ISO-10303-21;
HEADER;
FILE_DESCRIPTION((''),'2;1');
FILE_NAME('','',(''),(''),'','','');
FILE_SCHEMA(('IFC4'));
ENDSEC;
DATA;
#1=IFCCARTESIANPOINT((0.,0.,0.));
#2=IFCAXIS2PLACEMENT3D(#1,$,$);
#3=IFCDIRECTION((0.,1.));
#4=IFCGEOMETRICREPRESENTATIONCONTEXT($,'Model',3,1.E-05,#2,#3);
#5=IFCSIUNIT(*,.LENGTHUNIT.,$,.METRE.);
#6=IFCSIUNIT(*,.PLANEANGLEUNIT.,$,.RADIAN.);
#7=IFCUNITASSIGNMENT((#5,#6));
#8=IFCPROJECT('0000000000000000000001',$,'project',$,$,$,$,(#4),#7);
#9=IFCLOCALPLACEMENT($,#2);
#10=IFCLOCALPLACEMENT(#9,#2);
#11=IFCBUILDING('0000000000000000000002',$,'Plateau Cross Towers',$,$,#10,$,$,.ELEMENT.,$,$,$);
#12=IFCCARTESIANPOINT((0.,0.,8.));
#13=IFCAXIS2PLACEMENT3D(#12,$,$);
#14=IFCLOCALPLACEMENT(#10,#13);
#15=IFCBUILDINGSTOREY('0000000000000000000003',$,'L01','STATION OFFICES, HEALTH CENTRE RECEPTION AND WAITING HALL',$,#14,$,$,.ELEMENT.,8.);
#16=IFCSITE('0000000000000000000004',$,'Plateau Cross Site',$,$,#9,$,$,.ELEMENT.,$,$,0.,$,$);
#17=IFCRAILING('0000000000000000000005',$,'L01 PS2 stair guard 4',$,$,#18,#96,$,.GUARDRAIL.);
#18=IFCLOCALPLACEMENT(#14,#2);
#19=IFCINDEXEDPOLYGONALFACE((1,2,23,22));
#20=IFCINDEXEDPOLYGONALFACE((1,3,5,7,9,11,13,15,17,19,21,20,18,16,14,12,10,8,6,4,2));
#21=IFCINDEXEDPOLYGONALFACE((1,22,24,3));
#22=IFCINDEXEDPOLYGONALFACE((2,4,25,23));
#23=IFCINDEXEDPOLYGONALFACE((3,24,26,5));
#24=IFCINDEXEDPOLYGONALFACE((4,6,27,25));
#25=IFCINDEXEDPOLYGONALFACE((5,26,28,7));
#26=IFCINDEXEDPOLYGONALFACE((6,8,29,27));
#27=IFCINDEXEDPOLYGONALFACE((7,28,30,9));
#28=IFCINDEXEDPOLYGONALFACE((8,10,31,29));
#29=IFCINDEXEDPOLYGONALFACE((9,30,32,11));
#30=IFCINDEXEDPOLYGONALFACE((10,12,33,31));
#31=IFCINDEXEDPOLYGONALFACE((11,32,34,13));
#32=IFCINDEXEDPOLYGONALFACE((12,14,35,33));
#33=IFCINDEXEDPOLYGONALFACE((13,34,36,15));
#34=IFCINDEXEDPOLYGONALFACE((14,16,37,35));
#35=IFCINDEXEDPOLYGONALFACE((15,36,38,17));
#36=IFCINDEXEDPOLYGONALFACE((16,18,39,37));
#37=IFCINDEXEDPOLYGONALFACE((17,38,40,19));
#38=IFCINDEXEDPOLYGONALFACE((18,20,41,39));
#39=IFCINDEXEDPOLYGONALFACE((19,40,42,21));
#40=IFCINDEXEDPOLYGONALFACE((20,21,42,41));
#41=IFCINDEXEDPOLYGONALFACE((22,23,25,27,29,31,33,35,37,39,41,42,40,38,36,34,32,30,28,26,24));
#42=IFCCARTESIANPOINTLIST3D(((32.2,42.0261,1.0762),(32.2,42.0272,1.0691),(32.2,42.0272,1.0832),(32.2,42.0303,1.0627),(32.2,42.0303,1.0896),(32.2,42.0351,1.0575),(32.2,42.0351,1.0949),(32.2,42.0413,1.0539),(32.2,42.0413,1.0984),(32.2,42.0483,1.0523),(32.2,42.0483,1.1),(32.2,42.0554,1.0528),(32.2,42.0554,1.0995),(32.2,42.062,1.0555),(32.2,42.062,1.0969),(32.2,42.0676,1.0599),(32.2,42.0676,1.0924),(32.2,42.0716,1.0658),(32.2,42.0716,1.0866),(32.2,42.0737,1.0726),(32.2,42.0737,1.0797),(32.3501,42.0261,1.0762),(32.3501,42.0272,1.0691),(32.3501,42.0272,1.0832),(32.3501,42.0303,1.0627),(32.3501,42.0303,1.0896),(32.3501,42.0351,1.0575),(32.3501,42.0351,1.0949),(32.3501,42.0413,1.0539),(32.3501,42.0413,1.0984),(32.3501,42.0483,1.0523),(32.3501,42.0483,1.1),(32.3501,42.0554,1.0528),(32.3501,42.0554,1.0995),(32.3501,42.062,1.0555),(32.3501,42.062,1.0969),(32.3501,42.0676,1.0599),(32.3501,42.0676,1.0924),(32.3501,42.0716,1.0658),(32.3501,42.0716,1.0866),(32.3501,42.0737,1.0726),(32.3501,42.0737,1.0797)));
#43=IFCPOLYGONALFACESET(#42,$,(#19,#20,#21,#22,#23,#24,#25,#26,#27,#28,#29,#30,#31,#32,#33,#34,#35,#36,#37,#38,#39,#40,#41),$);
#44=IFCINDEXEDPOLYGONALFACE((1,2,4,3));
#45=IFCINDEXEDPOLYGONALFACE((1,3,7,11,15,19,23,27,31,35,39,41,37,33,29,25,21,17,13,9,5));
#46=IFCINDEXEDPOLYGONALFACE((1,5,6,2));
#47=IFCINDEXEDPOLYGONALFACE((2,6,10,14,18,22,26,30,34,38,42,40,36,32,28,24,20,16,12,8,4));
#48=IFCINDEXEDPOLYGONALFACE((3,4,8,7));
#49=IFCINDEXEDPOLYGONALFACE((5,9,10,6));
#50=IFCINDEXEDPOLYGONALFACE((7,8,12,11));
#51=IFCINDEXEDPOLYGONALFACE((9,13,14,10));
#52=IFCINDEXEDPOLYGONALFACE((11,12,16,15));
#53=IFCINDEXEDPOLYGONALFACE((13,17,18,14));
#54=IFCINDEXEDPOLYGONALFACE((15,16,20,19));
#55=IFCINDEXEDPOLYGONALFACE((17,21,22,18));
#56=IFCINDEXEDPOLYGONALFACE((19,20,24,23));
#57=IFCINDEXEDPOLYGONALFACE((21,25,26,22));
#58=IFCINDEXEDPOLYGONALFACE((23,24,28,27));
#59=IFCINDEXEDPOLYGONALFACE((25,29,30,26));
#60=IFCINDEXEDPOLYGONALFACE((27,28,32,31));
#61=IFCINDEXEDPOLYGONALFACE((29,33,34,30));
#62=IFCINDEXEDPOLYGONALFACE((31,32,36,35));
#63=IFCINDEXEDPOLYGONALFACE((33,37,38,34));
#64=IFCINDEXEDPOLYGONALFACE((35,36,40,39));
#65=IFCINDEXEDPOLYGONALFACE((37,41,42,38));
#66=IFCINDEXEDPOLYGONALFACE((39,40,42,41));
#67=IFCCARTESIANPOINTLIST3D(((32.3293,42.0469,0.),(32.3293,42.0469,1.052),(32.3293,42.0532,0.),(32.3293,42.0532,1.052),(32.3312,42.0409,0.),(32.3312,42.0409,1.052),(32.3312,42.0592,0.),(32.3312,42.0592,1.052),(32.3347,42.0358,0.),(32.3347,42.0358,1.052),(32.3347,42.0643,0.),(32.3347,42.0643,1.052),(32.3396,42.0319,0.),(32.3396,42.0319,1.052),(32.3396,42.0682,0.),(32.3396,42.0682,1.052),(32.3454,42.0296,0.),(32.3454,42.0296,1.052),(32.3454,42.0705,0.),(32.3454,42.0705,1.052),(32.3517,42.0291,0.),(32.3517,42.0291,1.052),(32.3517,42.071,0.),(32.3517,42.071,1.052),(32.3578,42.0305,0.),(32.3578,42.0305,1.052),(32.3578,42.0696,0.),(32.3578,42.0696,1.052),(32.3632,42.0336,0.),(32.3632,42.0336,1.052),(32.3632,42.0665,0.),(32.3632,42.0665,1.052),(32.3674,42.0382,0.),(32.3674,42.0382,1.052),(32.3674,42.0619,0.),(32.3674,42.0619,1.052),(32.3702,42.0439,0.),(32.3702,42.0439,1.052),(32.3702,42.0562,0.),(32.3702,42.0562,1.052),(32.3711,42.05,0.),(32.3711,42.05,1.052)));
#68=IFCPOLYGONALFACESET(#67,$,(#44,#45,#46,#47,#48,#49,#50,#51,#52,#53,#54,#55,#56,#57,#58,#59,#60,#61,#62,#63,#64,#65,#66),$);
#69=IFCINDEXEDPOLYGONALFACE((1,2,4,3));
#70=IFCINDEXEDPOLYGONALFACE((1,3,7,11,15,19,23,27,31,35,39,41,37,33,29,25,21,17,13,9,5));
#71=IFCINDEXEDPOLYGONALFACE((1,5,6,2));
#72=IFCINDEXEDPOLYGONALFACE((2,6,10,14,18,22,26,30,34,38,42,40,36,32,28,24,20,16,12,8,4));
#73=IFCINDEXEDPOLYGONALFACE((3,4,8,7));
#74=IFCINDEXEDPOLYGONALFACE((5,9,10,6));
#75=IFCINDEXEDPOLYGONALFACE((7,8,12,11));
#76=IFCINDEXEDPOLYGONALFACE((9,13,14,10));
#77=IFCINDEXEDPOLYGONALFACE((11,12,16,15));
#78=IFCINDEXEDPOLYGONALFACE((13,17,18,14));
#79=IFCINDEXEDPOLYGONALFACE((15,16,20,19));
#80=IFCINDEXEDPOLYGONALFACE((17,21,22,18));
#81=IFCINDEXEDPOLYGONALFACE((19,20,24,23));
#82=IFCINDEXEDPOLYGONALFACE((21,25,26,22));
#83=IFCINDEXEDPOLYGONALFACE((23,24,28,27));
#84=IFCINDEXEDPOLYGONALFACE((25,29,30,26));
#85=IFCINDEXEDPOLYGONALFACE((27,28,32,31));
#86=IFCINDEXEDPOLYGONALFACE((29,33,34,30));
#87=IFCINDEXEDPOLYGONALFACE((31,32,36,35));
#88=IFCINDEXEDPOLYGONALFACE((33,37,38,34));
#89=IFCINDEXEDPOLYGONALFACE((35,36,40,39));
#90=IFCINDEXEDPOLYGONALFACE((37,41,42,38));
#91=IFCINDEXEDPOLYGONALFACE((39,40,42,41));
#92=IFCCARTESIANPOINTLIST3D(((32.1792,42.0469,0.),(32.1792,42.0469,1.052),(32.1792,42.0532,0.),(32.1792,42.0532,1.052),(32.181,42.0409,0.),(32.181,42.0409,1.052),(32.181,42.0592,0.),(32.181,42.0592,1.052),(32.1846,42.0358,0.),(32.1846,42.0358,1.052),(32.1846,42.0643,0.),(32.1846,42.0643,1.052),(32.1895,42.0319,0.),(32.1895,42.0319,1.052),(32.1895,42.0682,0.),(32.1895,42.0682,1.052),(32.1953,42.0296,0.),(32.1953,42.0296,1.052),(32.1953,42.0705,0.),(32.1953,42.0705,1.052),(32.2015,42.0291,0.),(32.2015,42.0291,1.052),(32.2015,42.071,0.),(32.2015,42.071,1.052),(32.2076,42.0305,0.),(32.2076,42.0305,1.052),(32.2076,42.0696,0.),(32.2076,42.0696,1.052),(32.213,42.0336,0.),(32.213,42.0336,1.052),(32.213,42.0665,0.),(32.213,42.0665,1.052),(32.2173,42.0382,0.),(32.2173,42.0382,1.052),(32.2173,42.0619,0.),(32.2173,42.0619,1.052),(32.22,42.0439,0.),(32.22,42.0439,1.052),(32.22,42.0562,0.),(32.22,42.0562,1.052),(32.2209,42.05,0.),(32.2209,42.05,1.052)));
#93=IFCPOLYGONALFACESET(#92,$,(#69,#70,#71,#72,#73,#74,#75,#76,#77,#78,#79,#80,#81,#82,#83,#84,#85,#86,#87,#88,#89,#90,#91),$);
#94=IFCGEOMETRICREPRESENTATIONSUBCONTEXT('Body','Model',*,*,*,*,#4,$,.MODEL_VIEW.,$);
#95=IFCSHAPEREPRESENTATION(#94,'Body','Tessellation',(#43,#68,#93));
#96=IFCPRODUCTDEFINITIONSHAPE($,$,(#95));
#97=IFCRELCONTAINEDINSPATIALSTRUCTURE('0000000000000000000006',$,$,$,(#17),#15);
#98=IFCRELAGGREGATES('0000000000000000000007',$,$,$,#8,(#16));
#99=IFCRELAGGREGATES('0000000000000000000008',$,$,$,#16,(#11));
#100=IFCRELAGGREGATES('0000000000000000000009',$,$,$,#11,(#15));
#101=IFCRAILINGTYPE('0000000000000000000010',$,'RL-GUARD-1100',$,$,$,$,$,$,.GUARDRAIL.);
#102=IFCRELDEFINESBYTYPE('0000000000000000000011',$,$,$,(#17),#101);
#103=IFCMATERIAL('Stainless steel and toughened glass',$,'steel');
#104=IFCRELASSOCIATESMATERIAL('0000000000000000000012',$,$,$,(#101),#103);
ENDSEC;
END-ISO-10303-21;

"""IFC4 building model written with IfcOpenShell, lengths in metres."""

from ifc_helpers import new_model, si_unit, direction, frame, origin, origin_2d, place, context, subcontext, project, spatial, circle, extrude, material, type_object, element, save


model = new_model("IFC4")

# Units and contexts
model_context = context("Model", 3, precision=1e-05, world=origin(), true_north=direction((0.0, 1.0)))
body_context = subcontext(model_context, "Body", "Model", "MODEL_VIEW")
ifc_project = project(units=[si_unit("LENGTHUNIT", "METRE"), si_unit("PLANEANGLEUNIT", "RADIAN")], contexts=[model_context])

# Site, building, storey
site_placement = place(None, origin())
site = spatial("IfcSite", under=ifc_project, at=site_placement, Name="Plateau Cross Site", CompositionType="ELEMENT", RefElevation=0.0)
building_placement = place(site_placement, origin())
building = spatial("IfcBuilding", under=site, at=building_placement, Name="Plateau Cross Towers", CompositionType="ELEMENT")
storey_placement = place(building_placement, frame((0.0, 0.0, 8.0)))
storey = spatial("IfcBuildingStorey", under=building, at=storey_placement, Name="L01", Description="STATION OFFICES, HEALTH CENTRE RECEPTION AND WAITING HALL", CompositionType="ELEMENT", Elevation=8.0)

# Railing
ifc_material_1 = material(Name="Stainless steel and toughened glass", Category="steel")
railing_type_1 = type_object("IfcRailingType", Name="RL-GUARD-1100", PredefinedType="GUARDRAIL", material=ifc_material_1)
railing_1_placement = place(storey_placement, frame((32.3501, 42.05, 0.0)))
element("IfcRailing", 1, at=railing_1_placement, inside=storey, type_object=railing_type_1, Name="L01 PS2 stair guard 4", PredefinedType="GUARDRAIL", context=body_context, shape_type="SweptSolid", body=[
    extrude(circle(Radius=0.0239, at=origin_2d()), frame((0.0, 0.0, 1.0762), z_axis=(-1.0, 0.0, 0.0), x_axis=(0.0, -1.0, 0.0)), (0.0, 0.0, 1.0), 0.1501),
    extrude(circle(Radius=0.021, at=origin_2d()), origin(), (0.0, 0.0, 1.0), 1.052),
    extrude(circle(Radius=0.021, at=origin_2d()), frame((-0.1501, 0.0, 0.0)), (0.0, 0.0, 1.0), 1.052),
])

save(model, "model.ifc")
